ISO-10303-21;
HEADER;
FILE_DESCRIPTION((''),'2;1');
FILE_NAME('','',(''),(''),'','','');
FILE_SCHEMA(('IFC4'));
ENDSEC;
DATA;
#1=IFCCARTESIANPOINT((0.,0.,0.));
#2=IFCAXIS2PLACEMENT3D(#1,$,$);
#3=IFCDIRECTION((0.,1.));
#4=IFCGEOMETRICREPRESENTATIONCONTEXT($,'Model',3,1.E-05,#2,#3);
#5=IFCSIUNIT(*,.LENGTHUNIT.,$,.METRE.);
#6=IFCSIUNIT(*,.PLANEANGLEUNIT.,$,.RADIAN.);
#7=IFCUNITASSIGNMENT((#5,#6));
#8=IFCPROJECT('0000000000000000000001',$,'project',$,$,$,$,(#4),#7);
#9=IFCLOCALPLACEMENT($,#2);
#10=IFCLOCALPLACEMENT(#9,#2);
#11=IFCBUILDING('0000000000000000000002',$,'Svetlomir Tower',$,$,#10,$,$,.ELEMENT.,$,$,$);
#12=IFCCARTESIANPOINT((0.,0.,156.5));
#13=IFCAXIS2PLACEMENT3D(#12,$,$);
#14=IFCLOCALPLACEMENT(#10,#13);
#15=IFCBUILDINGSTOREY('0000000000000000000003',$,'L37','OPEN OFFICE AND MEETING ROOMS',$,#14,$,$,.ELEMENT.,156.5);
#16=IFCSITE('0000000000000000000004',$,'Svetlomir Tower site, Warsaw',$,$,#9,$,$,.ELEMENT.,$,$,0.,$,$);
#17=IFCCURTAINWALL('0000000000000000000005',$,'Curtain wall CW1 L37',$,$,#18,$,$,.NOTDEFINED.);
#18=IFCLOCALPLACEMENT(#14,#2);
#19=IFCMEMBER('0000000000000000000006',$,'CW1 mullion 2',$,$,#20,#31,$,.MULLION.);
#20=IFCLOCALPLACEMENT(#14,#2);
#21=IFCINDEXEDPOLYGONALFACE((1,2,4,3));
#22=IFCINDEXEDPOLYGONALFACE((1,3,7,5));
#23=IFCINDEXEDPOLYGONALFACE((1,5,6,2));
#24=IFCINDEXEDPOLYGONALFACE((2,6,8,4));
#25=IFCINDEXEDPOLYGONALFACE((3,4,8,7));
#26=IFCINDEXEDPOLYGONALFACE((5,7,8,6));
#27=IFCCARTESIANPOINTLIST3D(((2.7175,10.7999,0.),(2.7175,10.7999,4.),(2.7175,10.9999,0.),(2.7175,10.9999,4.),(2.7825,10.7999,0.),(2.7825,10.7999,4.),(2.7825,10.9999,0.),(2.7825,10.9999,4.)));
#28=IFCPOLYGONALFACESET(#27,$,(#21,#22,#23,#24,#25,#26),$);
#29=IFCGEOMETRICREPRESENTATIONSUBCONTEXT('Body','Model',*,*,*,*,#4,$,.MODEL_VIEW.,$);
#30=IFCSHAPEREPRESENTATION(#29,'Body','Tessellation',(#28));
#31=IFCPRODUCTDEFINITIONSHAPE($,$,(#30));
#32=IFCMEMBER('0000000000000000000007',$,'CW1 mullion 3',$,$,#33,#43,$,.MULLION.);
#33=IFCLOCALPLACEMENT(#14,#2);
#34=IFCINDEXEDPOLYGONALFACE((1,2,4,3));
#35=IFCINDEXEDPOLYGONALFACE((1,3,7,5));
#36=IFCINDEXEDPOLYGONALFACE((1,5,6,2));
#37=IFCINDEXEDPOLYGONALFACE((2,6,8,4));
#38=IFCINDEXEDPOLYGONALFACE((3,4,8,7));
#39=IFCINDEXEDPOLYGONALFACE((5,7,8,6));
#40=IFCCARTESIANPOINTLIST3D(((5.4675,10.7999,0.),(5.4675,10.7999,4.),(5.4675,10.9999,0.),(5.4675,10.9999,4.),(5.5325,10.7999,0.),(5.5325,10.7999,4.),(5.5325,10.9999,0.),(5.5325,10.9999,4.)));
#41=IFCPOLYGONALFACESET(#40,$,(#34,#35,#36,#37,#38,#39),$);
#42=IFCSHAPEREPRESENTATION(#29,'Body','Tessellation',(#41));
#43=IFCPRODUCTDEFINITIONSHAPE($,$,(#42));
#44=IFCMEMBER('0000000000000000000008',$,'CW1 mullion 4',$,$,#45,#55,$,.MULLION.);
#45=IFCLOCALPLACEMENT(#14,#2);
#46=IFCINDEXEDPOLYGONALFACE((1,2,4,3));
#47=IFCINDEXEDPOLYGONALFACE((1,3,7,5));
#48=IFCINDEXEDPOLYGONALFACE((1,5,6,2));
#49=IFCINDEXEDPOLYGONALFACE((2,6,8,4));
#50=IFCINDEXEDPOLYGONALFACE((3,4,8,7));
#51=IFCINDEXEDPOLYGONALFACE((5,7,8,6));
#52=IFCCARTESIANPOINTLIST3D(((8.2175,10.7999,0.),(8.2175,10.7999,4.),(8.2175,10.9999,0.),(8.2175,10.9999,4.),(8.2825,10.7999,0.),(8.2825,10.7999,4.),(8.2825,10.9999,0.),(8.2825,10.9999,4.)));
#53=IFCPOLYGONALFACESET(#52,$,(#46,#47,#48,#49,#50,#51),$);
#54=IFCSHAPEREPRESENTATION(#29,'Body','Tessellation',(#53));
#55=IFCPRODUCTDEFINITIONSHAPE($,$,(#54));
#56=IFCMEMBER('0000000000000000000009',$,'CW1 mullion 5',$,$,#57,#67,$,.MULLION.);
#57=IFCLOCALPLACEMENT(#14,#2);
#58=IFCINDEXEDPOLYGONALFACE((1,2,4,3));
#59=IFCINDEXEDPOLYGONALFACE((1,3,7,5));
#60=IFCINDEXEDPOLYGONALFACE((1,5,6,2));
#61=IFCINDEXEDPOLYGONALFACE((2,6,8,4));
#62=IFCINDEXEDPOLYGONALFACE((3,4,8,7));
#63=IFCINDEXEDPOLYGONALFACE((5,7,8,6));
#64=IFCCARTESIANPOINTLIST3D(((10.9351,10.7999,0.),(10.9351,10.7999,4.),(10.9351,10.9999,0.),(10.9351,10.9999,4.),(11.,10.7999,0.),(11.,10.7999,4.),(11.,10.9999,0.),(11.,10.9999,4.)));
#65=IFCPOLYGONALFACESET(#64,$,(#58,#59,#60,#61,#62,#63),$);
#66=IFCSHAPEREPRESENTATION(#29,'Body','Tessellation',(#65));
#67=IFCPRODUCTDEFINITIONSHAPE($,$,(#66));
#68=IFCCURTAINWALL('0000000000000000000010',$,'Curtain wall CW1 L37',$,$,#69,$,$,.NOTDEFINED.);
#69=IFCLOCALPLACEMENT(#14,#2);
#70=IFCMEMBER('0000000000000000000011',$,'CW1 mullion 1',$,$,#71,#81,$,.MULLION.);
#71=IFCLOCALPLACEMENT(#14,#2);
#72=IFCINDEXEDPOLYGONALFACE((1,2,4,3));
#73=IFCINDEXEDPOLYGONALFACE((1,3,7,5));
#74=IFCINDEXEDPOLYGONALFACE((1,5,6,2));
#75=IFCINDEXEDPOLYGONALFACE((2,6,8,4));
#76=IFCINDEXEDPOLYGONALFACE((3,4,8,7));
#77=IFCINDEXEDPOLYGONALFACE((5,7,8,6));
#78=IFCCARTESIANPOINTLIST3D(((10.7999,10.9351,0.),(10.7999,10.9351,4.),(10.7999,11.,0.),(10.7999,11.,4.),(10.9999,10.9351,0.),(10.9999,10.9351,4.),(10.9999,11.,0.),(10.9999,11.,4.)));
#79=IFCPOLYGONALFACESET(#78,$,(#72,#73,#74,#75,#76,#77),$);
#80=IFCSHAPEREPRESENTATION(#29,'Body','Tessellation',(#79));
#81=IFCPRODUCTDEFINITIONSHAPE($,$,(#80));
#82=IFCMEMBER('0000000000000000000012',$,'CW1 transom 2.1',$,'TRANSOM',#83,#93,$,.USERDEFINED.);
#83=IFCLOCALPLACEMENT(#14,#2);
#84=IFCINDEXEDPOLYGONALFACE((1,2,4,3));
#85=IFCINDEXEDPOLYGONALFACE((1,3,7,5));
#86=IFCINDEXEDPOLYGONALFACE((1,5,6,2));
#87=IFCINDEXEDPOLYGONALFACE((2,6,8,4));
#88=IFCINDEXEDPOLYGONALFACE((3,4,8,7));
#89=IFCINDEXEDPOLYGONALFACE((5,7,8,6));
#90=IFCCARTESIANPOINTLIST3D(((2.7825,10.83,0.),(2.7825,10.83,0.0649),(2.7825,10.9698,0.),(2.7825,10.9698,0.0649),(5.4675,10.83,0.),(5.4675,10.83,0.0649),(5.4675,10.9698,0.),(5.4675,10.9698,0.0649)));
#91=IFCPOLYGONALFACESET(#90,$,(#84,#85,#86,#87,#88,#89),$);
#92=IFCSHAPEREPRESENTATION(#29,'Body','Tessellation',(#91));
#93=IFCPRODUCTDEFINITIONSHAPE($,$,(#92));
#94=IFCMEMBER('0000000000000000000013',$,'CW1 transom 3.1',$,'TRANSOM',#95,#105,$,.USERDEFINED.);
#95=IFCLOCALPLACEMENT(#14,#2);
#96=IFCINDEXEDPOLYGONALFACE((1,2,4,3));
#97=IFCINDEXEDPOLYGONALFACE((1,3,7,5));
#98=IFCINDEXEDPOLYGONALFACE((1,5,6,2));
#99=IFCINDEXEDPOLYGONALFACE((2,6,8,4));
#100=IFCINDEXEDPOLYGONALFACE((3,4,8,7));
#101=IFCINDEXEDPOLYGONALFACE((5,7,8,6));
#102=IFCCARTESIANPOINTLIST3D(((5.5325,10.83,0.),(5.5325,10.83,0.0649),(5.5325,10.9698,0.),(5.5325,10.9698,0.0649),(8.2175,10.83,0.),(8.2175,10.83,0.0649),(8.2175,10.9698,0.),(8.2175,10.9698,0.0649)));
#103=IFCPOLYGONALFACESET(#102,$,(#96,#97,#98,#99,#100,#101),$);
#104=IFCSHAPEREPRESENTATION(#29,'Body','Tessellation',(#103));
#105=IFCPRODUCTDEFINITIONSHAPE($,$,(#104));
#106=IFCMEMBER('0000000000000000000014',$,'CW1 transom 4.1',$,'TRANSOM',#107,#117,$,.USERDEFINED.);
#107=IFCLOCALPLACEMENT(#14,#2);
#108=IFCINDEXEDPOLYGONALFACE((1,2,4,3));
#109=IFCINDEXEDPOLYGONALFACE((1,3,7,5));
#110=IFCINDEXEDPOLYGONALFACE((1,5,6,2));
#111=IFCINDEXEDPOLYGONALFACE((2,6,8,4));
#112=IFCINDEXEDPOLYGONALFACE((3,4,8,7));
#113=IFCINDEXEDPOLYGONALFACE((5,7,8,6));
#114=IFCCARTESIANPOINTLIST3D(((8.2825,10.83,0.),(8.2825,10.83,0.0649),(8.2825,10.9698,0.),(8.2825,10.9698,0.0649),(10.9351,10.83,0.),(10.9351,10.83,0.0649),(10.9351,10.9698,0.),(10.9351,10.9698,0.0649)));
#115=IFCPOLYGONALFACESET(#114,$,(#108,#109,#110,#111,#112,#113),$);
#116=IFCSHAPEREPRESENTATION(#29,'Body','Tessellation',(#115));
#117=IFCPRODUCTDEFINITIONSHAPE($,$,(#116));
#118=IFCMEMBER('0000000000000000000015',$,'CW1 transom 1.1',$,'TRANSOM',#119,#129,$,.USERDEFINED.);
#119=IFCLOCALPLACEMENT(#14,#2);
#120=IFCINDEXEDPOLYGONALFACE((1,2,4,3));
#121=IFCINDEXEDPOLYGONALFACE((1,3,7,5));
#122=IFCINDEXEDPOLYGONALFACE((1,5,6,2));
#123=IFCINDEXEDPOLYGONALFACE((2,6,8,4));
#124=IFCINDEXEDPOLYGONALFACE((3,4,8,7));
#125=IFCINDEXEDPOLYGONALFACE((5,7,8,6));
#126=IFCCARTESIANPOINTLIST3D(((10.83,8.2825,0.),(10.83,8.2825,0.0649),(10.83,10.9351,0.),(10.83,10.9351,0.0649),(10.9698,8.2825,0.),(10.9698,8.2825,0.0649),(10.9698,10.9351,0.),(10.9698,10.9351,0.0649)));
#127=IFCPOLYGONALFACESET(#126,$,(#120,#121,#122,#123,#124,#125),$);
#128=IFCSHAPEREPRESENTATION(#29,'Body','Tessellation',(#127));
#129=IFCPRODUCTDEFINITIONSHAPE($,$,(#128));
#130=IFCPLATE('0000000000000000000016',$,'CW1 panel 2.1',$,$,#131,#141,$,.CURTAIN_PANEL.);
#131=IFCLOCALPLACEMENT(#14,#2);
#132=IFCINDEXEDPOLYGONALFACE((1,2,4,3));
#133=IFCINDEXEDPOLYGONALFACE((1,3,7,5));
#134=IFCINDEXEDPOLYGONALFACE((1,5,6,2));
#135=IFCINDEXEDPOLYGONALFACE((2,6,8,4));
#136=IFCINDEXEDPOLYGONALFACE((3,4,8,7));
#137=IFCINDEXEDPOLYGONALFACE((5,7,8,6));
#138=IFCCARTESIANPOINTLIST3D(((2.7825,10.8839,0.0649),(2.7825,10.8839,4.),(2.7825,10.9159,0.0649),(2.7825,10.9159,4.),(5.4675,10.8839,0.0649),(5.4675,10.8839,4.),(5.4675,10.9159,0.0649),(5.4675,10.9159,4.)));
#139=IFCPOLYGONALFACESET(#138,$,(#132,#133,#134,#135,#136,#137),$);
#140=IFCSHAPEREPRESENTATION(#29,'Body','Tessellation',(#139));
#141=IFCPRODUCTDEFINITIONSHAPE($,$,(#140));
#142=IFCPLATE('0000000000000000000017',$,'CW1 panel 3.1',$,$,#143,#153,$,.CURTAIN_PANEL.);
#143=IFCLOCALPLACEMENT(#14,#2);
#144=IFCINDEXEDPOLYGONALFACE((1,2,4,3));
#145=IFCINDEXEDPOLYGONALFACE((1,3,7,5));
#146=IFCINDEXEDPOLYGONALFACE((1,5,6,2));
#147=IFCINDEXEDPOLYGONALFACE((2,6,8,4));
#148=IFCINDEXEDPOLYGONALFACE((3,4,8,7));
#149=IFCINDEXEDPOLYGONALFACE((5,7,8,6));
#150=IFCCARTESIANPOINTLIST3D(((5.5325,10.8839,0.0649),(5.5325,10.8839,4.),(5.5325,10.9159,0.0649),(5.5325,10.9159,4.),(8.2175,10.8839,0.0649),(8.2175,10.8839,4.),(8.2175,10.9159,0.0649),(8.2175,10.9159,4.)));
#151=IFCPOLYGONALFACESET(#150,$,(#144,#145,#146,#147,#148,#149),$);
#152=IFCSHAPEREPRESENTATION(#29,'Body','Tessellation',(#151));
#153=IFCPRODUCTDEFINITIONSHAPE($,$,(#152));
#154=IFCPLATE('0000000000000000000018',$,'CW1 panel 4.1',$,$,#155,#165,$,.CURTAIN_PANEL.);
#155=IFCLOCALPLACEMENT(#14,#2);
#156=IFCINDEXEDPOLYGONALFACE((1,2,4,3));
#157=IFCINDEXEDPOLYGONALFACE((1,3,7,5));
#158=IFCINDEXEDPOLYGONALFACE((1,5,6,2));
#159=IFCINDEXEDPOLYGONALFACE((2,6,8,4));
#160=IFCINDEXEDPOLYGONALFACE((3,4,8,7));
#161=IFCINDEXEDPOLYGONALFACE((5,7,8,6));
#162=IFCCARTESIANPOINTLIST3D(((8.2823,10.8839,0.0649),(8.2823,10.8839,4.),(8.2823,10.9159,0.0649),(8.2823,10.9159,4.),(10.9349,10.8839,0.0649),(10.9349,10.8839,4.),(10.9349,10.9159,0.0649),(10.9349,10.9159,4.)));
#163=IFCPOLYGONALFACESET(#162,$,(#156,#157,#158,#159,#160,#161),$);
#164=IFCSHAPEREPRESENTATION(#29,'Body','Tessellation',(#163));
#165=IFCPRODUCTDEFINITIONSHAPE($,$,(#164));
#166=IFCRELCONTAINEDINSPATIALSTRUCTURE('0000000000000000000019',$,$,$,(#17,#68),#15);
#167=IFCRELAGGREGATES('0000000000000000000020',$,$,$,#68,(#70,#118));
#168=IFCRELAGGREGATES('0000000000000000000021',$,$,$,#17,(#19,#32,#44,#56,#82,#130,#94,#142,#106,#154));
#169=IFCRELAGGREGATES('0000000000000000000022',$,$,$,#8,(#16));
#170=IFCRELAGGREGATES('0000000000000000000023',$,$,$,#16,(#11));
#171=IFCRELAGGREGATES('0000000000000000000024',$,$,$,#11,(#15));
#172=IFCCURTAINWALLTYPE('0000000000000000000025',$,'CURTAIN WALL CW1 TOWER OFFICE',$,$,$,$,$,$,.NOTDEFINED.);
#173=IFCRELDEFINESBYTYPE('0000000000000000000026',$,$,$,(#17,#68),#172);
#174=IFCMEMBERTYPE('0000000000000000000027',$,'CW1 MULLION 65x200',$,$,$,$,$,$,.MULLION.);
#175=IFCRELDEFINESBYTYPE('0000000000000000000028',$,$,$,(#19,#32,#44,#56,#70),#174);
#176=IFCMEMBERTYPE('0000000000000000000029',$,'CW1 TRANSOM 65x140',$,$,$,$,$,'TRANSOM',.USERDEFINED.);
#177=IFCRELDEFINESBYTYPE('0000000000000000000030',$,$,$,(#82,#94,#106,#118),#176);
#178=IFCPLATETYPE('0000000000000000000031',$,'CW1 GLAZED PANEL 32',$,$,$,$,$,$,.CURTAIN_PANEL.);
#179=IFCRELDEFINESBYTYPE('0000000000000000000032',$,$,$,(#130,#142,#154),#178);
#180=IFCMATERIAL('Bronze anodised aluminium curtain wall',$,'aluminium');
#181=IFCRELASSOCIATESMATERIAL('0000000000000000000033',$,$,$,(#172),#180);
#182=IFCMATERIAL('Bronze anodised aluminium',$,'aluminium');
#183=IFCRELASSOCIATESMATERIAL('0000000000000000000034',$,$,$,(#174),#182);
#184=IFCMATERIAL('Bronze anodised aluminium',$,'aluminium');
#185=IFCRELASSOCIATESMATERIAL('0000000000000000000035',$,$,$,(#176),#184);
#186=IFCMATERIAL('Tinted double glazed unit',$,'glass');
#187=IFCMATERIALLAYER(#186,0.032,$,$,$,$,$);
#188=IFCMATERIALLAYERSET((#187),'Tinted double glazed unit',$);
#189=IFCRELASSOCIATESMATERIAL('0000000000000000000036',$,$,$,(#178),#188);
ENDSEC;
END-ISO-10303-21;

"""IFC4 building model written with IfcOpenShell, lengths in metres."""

from ifc_helpers import new_model, si_unit, direction, frame, origin, origin_2d, place, context, subcontext, project, spatial, rectangle, extrude, material, layer, layer_set, material_profile, profile_set, type_object, element, aggregate, save


model = new_model("IFC4")

# Units and contexts
model_context = context("Model", 3, precision=1e-05, world=origin(), true_north=direction((0.0, 1.0)))
body_context = subcontext(model_context, "Body", "Model", "MODEL_VIEW")
ifc_project = project(units=[si_unit("LENGTHUNIT", "METRE"), si_unit("PLANEANGLEUNIT", "RADIAN")], contexts=[model_context])

# Site, building, storey
site_placement = place(None, origin())
site = spatial("IfcSite", under=ifc_project, at=site_placement, Name="Svetlomir Tower site, Warsaw", CompositionType="ELEMENT", RefElevation=0.0)
building_placement = place(site_placement, origin())
building = spatial("IfcBuilding", under=site, at=building_placement, Name="Svetlomir Tower", CompositionType="ELEMENT")
storey_placement = place(building_placement, frame((0.0, 0.0, 156.5)))
storey = spatial("IfcBuildingStorey", under=building, at=storey_placement, Name="L37", Description="OPEN OFFICE AND MEETING ROOMS", CompositionType="ELEMENT", Elevation=156.5)

# Curtain wall, members
ifc_material_1 = material(Name="Bronze anodised aluminium curtain wall", Category="aluminium")
curtain_wall_type = type_object("IfcCurtainWallType", Name="CURTAIN WALL CW1 TOWER OFFICE", PredefinedType="NOTDEFINED", material=ifc_material_1)
curtain_wall_1_placement = place(storey_placement, origin())
curtain_wall_1 = element("IfcCurtainWall", 1, at=curtain_wall_1_placement, inside=storey, type_object=curtain_wall_type, Name="Curtain wall CW1 L37", PredefinedType="NOTDEFINED")
ifc_material_2 = material(Name="Bronze anodised aluminium", Category="aluminium")
ifc_material_profile_1 = material_profile(ifc_material_2, rectangle(XDim=0.0649, YDim=0.2, at=origin_2d()), Name="AL 65x200")
ifc_profile_set_1 = profile_set([ifc_material_profile_1], Name="Bronze anodised aluminium 6063-T6")
member_type_1 = type_object("IfcMemberType", Name="CW1 MULLION 65x200", PredefinedType="MULLION", material=ifc_profile_set_1)
member_1_placement = place(storey_placement, frame((2.75, 10.8999, 0.0), z_axis=(0.0, 0.0, 1.0), x_axis=(1.0, 0.0, 0.0)))
member_1 = element("IfcMember", 2, at=member_1_placement, type_object=member_type_1, Name="CW1 mullion 2", PredefinedType="MULLION", context=body_context, shape_type="SweptSolid", body=[
    extrude(rectangle(XDim=0.0649, YDim=0.2, at=origin_2d()), origin(), (0.0, 0.0, 1.0), 4.0),
])
member_2_placement = place(storey_placement, frame((5.5, 10.8999, 0.0), z_axis=(0.0, 0.0, 1.0), x_axis=(1.0, 0.0, 0.0)))
member_2 = element("IfcMember", 3, at=member_2_placement, type_object=member_type_1, Name="CW1 mullion 3", PredefinedType="MULLION", context=body_context, shape_type="SweptSolid", body=[
    extrude(rectangle(XDim=0.0649, YDim=0.2, at=origin_2d()), origin(), (0.0, 0.0, 1.0), 4.0),
])
member_3_placement = place(storey_placement, frame((8.25, 10.8999, 0.0), z_axis=(0.0, 0.0, 1.0), x_axis=(1.0, 0.0, 0.0)))
member_3 = element("IfcMember", 4, at=member_3_placement, type_object=member_type_1, Name="CW1 mullion 4", PredefinedType="MULLION", context=body_context, shape_type="SweptSolid", body=[
    extrude(rectangle(XDim=0.0649, YDim=0.2, at=origin_2d()), origin(), (0.0, 0.0, 1.0), 4.0),
])
member_4_placement = place(storey_placement, frame((10.9675, 10.8999, 0.0), z_axis=(0.0, 0.0, 1.0), x_axis=(1.0, 0.0, 0.0)))
member_4 = element("IfcMember", 5, at=member_4_placement, type_object=member_type_1, Name="CW1 mullion 5", PredefinedType="MULLION", context=body_context, shape_type="SweptSolid", body=[
    extrude(rectangle(XDim=0.0649, YDim=0.2, at=origin_2d()), origin(), (0.0, 0.0, 1.0), 4.0),
])

# Curtain wall, member
curtain_wall_2_placement = place(storey_placement, origin())
curtain_wall_2 = element("IfcCurtainWall", 6, at=curtain_wall_2_placement, inside=storey, type_object=curtain_wall_type, Name="Curtain wall CW1 L37", PredefinedType="NOTDEFINED")
member_5_placement = place(storey_placement, frame((10.8999, 10.9675, 0.0), z_axis=(0.0, 0.0, 1.0), x_axis=(0.0, -1.0, 0.0)))
member_5 = element("IfcMember", 7, at=member_5_placement, type_object=member_type_1, Name="CW1 mullion 1", PredefinedType="MULLION", context=body_context, shape_type="SweptSolid", body=[
    extrude(rectangle(XDim=0.0649, YDim=0.2, at=origin_2d()), origin(), (0.0, 0.0, 1.0), 4.0),
])

# Members
ifc_material_3 = material(Name="Bronze anodised aluminium", Category="aluminium")
ifc_material_profile_2 = material_profile(ifc_material_3, rectangle(XDim=0.1399, YDim=0.0649, at=origin_2d()), Name="AL 140x65")
ifc_profile_set_2 = profile_set([ifc_material_profile_2], Name="Bronze anodised aluminium 6063-T6")
member_type_2 = type_object("IfcMemberType", Name="CW1 TRANSOM 65x140", ElementType="TRANSOM", PredefinedType="USERDEFINED", material=ifc_profile_set_2)
member_6_placement = place(storey_placement, frame((2.7825, 10.8999, 0.0325), z_axis=(1.0, 0.0, 0.0), x_axis=(0.0, 1.0, 0.0)))
member_6 = element("IfcMember", 8, at=member_6_placement, type_object=member_type_2, Name="CW1 transom 2.1", ObjectType="TRANSOM", PredefinedType="USERDEFINED", context=body_context, shape_type="SweptSolid", body=[
    extrude(rectangle(XDim=0.1399, YDim=0.0649, at=origin_2d()), origin(), (0.0, 0.0, 1.0), 2.6851),
])
member_7_placement = place(storey_placement, frame((5.5325, 10.8999, 0.0325), z_axis=(1.0, 0.0, 0.0), x_axis=(0.0, 1.0, 0.0)))
member_7 = element("IfcMember", 9, at=member_7_placement, type_object=member_type_2, Name="CW1 transom 3.1", ObjectType="TRANSOM", PredefinedType="USERDEFINED", context=body_context, shape_type="SweptSolid", body=[
    extrude(rectangle(XDim=0.1399, YDim=0.0649, at=origin_2d()), origin(), (0.0, 0.0, 1.0), 2.6851),
])
member_8_placement = place(storey_placement, frame((8.2825, 10.8999, 0.0325), z_axis=(1.0, 0.0, 0.0), x_axis=(0.0, 1.0, 0.0)))
member_8 = element("IfcMember", 10, at=member_8_placement, type_object=member_type_2, Name="CW1 transom 4.1", ObjectType="TRANSOM", PredefinedType="USERDEFINED", context=body_context, shape_type="SweptSolid", body=[
    extrude(rectangle(XDim=0.1399, YDim=0.0649, at=origin_2d()), origin(), (0.0, 0.0, 1.0), 2.6526),
])
member_9_placement = place(storey_placement, frame((10.8999, 10.9351, 0.0325), z_axis=(0.0, -1.0, 0.0), x_axis=(1.0, 0.0, 0.0)))
member_9 = element("IfcMember", 11, at=member_9_placement, type_object=member_type_2, Name="CW1 transom 1.1", ObjectType="TRANSOM", PredefinedType="USERDEFINED", context=body_context, shape_type="SweptSolid", body=[
    extrude(rectangle(XDim=0.1399, YDim=0.0649, at=origin_2d()), origin(), (0.0, 0.0, 1.0), 2.6526),
])
aggregate(curtain_wall_2, [member_5, member_9])

# Plates
ifc_material_4 = material(Name="Tinted double glazed unit", Category="glass")
ifc_layer_1 = layer(ifc_material_4, 0.032)
ifc_layer_set_1 = layer_set([ifc_layer_1], Name="Tinted double glazed unit")
plate_type = type_object("IfcPlateType", Name="CW1 GLAZED PANEL 32", PredefinedType="CURTAIN_PANEL", material=ifc_layer_set_1)
plate_1_placement = place(storey_placement, frame((4.125, 10.8999, 0.0649), z_axis=(0.0, 0.0, 1.0), x_axis=(1.0, 0.0, 0.0)))
plate_1 = element("IfcPlate", 12, at=plate_1_placement, type_object=plate_type, Name="CW1 panel 2.1", PredefinedType="CURTAIN_PANEL", context=body_context, shape_type="SweptSolid", body=[
    extrude(rectangle(XDim=2.6851, YDim=0.032, at=origin_2d()), origin(), (0.0, 0.0, 1.0), 3.9351),
])
plate_2_placement = place(storey_placement, frame((6.875, 10.8999, 0.0649), z_axis=(0.0, 0.0, 1.0), x_axis=(1.0, 0.0, 0.0)))
plate_2 = element("IfcPlate", 13, at=plate_2_placement, type_object=plate_type, Name="CW1 panel 3.1", PredefinedType="CURTAIN_PANEL", context=body_context, shape_type="SweptSolid", body=[
    extrude(rectangle(XDim=2.6851, YDim=0.032, at=origin_2d()), origin(), (0.0, 0.0, 1.0), 3.9351),
])
plate_3_placement = place(storey_placement, frame((9.6086, 10.8999, 0.0649), z_axis=(0.0, 0.0, 1.0), x_axis=(1.0, 0.0, 0.0)))
plate_3 = element("IfcPlate", 14, at=plate_3_placement, type_object=plate_type, Name="CW1 panel 4.1", PredefinedType="CURTAIN_PANEL", context=body_context, shape_type="SweptSolid", body=[
    extrude(rectangle(XDim=2.6526, YDim=0.032, at=origin_2d()), origin(), (0.0, 0.0, 1.0), 3.9351),
])
aggregate(curtain_wall_1, [member_1, member_2, member_3, member_4, member_6, plate_1, member_7, plate_2, member_8, plate_3])

save(model, "model.ifc")
